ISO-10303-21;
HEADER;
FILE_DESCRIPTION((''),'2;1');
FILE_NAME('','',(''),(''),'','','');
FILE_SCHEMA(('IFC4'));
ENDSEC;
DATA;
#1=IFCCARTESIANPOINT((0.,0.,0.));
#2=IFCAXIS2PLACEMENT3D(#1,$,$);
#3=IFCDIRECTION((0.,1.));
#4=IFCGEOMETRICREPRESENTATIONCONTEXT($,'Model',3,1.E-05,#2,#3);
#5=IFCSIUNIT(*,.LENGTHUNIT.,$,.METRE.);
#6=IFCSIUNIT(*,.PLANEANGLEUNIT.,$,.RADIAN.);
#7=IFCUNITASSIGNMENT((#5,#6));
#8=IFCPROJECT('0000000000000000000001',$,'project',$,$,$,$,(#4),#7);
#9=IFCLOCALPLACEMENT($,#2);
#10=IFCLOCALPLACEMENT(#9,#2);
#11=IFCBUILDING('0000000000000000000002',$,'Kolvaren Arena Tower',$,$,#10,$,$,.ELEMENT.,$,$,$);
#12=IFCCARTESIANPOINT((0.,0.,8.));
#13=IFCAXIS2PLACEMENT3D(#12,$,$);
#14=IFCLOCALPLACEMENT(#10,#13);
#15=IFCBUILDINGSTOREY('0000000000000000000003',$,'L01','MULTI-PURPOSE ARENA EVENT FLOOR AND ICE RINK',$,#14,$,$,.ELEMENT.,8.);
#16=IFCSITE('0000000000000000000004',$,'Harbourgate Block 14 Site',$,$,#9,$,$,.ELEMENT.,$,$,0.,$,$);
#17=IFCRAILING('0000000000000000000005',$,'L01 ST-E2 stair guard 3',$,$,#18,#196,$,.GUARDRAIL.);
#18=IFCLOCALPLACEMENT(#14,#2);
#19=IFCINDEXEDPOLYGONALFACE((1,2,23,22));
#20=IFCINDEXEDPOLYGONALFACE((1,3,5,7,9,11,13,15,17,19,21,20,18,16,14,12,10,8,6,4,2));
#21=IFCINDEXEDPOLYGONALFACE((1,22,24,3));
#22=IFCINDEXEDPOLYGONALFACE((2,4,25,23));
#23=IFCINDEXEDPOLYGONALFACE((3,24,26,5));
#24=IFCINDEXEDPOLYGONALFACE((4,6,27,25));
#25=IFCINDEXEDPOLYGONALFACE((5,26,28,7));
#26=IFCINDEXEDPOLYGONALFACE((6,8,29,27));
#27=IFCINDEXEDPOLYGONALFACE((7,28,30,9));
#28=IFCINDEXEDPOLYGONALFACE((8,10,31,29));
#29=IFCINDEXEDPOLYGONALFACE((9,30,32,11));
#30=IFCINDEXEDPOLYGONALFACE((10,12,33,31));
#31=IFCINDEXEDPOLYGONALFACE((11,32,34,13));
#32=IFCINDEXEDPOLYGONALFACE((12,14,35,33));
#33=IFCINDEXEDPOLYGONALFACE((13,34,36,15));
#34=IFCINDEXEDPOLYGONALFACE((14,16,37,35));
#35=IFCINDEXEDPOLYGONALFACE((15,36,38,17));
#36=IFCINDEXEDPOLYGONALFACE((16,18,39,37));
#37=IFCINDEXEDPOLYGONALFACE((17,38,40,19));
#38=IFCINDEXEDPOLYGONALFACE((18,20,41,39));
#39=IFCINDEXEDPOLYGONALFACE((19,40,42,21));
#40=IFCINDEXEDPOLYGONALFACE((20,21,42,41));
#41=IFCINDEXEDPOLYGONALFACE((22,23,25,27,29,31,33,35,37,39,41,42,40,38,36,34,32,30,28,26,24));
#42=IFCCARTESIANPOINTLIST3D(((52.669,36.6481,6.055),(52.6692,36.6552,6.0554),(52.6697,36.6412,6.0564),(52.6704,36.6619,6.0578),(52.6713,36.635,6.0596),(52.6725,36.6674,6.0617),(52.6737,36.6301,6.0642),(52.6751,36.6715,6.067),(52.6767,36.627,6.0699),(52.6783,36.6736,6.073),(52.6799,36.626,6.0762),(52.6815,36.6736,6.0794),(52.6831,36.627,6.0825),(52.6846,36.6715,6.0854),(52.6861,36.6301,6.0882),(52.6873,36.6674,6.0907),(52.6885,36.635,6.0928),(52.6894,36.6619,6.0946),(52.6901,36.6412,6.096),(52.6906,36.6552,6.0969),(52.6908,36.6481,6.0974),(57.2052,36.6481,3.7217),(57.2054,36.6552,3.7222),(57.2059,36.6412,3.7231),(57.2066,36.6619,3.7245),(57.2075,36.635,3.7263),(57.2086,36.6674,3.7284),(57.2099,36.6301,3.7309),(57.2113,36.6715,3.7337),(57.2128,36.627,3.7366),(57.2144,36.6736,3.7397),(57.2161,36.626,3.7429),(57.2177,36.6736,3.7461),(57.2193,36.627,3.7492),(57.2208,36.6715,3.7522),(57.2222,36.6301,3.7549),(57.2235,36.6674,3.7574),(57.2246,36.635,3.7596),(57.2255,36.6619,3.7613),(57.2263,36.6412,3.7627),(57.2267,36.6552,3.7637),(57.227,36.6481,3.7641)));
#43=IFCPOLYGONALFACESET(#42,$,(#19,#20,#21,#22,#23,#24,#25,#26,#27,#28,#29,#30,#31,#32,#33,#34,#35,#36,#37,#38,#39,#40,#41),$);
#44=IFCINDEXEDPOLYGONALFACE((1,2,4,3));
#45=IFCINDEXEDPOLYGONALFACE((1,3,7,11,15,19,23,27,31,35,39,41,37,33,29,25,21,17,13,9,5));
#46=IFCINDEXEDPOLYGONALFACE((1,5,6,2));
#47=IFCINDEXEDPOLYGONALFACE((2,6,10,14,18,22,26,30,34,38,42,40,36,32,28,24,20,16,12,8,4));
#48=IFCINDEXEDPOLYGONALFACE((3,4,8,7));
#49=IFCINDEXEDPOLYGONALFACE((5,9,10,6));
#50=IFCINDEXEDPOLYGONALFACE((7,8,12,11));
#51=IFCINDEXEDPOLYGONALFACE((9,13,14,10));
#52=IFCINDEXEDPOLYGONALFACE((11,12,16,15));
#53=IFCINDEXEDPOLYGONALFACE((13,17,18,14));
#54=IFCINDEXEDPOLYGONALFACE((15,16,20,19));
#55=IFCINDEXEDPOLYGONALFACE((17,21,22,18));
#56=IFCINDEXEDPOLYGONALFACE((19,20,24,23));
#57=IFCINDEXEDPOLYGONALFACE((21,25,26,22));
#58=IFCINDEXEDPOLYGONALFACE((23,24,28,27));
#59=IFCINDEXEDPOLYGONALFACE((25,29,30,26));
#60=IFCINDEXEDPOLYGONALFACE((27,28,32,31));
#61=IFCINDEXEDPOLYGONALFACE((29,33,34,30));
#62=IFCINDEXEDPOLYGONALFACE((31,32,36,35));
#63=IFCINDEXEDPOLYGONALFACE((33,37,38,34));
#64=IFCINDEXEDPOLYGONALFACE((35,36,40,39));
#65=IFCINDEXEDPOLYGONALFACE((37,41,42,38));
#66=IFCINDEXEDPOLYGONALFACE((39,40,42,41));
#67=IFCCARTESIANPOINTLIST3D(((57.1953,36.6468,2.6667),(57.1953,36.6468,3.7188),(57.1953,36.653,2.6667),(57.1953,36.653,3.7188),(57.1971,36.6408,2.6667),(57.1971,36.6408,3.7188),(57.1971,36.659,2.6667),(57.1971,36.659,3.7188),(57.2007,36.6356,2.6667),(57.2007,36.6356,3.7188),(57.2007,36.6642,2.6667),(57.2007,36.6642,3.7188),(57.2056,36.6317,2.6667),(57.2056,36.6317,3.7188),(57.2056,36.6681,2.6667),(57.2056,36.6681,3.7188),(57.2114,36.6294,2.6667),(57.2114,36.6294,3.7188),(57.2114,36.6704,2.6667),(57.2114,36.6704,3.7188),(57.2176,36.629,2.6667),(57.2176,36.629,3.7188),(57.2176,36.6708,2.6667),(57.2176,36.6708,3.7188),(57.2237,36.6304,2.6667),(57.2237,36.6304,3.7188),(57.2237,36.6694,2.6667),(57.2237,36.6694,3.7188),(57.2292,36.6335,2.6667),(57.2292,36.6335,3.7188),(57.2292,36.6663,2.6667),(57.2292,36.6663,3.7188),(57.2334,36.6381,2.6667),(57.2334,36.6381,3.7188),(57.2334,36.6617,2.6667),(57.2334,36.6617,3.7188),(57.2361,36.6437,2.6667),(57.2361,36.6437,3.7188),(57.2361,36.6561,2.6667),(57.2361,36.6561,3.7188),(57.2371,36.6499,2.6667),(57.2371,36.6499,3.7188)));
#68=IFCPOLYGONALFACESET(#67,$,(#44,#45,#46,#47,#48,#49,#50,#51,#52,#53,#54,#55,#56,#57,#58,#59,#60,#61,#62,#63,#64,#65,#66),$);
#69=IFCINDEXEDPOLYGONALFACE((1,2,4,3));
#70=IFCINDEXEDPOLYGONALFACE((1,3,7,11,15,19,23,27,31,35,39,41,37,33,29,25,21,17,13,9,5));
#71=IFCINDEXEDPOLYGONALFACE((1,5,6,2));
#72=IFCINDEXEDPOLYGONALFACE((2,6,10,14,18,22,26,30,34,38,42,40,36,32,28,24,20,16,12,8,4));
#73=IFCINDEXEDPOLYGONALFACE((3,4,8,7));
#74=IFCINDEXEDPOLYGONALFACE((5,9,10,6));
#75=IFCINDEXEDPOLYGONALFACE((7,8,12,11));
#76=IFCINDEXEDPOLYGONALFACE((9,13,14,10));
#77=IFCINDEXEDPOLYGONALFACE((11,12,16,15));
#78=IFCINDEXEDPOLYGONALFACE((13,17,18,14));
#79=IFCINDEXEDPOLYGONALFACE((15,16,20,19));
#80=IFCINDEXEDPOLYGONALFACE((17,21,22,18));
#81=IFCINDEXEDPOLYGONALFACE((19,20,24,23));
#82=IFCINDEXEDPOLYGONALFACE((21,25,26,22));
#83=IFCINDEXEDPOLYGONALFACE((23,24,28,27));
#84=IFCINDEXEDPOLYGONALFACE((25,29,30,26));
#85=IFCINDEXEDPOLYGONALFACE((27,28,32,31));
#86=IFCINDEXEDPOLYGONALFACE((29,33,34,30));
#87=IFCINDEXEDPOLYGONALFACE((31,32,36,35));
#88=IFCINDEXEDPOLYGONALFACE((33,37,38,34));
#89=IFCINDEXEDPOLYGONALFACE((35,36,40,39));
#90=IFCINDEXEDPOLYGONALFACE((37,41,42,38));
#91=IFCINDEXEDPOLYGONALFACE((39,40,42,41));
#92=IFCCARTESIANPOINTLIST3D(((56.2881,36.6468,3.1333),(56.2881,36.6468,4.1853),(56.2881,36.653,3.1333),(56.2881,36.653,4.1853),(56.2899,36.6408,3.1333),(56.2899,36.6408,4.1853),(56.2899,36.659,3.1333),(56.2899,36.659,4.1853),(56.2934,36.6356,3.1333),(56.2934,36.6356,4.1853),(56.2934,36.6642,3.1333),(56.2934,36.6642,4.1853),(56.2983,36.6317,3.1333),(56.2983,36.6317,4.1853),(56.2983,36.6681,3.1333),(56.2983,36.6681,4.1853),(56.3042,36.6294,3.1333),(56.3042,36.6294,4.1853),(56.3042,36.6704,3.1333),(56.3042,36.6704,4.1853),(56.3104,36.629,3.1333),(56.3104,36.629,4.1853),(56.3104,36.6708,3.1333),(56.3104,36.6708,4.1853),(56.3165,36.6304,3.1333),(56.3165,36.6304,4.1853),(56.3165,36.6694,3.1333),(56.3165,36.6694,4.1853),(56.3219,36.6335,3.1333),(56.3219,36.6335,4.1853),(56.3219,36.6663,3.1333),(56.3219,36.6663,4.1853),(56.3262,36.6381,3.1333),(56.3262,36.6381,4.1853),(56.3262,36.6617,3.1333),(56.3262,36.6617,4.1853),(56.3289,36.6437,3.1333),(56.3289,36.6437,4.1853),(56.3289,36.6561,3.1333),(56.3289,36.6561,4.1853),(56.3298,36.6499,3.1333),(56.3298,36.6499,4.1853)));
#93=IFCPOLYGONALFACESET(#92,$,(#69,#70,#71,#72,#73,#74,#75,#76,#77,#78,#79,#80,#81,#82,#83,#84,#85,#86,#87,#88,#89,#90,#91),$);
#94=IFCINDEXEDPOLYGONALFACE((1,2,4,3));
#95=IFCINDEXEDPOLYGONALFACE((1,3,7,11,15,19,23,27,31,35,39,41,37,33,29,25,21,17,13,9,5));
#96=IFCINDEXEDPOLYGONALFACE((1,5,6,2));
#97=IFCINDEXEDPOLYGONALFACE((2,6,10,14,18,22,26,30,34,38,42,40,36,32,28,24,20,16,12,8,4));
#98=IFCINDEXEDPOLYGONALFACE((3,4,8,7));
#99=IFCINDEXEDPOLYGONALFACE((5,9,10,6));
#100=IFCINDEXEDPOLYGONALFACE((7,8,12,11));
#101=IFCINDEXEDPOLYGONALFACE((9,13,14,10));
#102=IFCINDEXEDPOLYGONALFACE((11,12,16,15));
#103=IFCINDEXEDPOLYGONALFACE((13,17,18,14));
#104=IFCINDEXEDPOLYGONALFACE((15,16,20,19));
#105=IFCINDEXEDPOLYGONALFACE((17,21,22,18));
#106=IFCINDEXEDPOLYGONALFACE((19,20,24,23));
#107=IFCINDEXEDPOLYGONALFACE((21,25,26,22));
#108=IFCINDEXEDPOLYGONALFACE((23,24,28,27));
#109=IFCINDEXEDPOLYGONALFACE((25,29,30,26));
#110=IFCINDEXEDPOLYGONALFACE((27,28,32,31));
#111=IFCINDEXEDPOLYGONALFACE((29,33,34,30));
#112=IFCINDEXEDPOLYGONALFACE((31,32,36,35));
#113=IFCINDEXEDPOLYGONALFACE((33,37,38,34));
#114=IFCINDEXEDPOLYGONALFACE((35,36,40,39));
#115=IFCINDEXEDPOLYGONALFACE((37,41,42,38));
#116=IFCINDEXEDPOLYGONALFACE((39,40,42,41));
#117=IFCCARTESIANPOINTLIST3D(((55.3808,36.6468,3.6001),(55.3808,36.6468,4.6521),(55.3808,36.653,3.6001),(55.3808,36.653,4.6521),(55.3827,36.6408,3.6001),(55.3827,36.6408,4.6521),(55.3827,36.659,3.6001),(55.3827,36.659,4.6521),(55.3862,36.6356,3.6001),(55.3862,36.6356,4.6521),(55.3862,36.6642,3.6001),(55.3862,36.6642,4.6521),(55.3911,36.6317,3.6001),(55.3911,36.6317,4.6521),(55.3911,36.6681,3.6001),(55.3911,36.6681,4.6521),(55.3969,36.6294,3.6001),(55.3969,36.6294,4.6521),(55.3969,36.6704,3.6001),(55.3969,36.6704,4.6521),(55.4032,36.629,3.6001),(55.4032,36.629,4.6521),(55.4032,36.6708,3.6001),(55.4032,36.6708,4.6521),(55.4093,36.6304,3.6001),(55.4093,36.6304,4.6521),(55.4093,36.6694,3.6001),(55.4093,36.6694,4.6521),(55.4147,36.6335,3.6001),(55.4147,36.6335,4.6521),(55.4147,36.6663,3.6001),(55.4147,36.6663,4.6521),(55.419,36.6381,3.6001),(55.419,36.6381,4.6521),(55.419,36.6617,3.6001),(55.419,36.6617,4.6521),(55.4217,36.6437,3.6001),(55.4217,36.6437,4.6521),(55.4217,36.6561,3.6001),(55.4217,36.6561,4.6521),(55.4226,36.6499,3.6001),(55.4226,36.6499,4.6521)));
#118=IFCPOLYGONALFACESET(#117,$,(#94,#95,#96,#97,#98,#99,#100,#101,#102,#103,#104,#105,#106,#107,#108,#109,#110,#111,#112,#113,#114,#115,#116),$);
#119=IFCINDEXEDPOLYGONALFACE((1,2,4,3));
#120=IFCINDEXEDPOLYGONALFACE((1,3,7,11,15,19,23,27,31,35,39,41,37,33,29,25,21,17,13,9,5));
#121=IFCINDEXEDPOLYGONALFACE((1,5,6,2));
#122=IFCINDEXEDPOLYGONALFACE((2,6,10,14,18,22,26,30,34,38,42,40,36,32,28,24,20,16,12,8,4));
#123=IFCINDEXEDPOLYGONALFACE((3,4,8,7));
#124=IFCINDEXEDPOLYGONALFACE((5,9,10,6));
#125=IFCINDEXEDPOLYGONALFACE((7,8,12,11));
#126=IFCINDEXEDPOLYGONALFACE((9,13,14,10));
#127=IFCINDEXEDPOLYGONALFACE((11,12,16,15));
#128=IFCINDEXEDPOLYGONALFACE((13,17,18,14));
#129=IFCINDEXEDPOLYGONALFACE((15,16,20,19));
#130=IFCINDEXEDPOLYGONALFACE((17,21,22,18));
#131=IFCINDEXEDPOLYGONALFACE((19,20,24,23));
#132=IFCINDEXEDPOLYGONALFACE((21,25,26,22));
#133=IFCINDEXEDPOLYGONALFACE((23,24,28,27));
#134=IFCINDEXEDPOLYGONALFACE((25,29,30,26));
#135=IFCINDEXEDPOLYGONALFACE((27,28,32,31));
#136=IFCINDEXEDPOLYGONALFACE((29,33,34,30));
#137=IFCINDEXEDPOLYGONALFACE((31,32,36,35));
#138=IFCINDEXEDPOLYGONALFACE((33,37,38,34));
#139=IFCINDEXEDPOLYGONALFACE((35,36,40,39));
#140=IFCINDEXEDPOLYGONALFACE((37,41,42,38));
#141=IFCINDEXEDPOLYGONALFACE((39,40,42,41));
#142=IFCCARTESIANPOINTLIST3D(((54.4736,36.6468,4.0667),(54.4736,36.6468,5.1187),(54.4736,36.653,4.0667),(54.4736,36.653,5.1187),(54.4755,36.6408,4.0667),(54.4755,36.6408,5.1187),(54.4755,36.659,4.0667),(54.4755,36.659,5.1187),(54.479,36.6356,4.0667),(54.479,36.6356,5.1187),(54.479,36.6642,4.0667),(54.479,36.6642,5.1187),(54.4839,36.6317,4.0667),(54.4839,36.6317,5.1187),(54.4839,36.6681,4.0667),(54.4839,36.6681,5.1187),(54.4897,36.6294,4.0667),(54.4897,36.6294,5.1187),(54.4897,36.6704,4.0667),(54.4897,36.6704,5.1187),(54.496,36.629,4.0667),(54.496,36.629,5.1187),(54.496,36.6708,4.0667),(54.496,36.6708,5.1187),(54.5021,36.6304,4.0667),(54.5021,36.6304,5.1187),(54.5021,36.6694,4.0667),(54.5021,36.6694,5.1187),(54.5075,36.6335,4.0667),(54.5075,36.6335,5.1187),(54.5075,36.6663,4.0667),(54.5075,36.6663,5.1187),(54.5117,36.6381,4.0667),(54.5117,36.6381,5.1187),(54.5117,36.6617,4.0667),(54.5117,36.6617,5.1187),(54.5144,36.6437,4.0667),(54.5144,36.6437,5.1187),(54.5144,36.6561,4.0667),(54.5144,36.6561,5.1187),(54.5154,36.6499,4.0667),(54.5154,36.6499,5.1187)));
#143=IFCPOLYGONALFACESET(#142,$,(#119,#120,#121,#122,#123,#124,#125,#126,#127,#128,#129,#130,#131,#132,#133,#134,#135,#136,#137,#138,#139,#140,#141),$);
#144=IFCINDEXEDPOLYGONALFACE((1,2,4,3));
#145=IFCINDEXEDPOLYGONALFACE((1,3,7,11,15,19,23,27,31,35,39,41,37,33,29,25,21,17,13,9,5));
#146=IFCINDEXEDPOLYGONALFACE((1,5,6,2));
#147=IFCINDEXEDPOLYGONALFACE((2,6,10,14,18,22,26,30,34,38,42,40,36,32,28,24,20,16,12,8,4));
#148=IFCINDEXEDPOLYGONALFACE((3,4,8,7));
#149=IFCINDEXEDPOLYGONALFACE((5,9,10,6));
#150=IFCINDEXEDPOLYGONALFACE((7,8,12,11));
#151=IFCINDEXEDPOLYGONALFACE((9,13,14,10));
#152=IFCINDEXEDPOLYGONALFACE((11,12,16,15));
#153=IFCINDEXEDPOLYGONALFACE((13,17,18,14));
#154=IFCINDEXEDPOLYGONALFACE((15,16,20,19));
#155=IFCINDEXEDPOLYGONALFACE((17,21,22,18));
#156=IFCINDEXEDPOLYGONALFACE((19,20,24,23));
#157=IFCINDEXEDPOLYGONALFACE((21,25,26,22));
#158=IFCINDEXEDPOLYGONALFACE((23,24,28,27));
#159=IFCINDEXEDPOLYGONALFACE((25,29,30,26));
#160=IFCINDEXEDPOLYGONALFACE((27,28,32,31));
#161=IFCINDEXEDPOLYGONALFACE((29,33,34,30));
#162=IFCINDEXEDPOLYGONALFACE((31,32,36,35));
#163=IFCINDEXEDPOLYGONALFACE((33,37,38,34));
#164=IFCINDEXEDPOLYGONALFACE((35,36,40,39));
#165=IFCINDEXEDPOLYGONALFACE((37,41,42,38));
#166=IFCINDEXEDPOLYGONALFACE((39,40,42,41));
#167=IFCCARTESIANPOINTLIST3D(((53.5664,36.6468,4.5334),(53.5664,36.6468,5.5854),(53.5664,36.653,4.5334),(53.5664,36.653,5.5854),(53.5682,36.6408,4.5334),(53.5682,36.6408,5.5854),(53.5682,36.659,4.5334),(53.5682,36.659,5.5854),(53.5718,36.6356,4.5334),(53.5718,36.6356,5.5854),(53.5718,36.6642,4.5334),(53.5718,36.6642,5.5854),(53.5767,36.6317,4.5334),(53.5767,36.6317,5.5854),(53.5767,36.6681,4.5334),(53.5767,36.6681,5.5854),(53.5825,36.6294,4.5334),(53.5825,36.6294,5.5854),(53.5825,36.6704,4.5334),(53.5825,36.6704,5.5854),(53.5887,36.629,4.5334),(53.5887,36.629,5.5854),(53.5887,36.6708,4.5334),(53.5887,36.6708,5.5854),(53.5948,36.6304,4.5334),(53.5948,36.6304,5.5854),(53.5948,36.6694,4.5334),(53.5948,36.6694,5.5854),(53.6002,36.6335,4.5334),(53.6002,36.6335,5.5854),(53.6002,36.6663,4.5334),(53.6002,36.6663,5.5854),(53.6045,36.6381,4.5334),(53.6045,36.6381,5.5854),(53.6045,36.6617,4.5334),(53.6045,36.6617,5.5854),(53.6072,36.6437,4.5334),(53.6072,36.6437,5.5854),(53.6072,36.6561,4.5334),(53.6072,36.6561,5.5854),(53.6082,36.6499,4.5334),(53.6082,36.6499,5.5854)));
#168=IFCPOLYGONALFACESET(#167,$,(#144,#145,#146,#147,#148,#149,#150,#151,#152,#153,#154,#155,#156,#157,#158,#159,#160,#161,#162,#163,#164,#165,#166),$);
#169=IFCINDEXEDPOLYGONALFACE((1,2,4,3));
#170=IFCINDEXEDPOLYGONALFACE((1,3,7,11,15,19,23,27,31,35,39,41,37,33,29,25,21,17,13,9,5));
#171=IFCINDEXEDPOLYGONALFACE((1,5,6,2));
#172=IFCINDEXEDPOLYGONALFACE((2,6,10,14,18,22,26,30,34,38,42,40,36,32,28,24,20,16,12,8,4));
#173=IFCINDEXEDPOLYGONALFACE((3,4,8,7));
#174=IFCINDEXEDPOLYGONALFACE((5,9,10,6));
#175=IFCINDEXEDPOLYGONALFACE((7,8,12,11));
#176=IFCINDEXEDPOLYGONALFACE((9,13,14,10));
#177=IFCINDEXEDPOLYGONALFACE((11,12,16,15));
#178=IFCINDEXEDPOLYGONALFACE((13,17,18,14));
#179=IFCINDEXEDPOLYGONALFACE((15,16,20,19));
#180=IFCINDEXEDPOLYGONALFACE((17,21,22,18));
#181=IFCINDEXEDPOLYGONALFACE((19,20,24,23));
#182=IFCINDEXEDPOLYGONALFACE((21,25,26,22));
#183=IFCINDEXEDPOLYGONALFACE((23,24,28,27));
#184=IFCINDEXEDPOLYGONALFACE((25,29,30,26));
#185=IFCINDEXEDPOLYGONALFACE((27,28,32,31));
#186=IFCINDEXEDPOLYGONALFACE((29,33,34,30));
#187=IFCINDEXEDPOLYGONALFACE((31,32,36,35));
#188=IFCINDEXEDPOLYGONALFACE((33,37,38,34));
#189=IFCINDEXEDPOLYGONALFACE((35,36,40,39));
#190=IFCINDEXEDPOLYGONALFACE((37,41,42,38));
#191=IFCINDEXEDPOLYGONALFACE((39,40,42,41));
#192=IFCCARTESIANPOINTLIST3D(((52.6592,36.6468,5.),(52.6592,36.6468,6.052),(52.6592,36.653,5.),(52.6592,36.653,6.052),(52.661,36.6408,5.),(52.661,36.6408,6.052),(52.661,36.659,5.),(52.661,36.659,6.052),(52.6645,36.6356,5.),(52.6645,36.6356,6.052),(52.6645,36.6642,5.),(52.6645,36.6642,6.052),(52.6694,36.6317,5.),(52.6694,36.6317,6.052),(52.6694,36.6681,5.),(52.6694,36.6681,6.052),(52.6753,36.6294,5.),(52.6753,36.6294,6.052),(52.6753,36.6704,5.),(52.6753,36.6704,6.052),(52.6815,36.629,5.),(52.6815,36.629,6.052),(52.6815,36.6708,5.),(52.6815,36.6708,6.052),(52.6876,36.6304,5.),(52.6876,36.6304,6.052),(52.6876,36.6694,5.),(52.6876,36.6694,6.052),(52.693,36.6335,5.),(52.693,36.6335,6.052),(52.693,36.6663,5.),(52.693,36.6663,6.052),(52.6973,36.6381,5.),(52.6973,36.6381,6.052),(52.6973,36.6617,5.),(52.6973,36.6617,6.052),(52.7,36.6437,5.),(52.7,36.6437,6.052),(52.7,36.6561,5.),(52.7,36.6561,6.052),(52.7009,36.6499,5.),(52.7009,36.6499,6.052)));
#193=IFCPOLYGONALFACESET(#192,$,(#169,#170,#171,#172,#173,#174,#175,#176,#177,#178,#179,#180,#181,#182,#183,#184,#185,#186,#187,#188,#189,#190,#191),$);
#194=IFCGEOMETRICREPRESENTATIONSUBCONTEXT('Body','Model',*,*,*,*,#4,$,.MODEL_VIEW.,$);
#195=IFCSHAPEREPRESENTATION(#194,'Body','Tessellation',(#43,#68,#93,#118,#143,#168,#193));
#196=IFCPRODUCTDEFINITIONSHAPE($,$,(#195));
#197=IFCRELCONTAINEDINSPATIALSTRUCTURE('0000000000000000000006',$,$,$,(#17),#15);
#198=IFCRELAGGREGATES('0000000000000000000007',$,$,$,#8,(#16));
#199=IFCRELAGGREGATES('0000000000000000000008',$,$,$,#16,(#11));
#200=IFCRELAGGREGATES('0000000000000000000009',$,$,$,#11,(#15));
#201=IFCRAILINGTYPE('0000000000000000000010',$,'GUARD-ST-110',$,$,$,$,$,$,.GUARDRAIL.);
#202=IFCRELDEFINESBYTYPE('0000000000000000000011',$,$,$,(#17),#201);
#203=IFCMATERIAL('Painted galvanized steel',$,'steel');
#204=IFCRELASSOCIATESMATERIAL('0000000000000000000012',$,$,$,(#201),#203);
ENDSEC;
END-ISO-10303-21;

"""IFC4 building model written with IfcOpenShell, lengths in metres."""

from ifc_helpers import new_model, si_unit, direction, frame, origin, origin_2d, place, context, subcontext, project, spatial, circle, extrude, material, type_object, element, save


model = new_model("IFC4")

# Units and contexts
model_context = context("Model", 3, precision=1e-05, world=origin(), true_north=direction((0.0, 1.0)))
body_context = subcontext(model_context, "Body", "Model", "MODEL_VIEW")
ifc_project = project(units=[si_unit("LENGTHUNIT", "METRE"), si_unit("PLANEANGLEUNIT", "RADIAN")], contexts=[model_context])

# Site, building, storey
site_placement = place(None, origin())
site = spatial("IfcSite", under=ifc_project, at=site_placement, Name="Harbourgate Block 14 Site", CompositionType="ELEMENT", RefElevation=0.0)
building_placement = place(site_placement, origin())
building = spatial("IfcBuilding", under=site, at=building_placement, Name="Kolvaren Arena Tower", CompositionType="ELEMENT")
storey_placement = place(building_placement, frame((0.0, 0.0, 8.0)))
storey = spatial("IfcBuildingStorey", under=building, at=storey_placement, Name="L01", Description="MULTI-PURPOSE ARENA EVENT FLOOR AND ICE RINK", CompositionType="ELEMENT", Elevation=8.0)

# Railing
ifc_material_1 = material(Name="Painted galvanized steel", Category="steel")
railing_type_1 = type_object("IfcRailingType", Name="GUARD-ST-110", PredefinedType="GUARDRAIL", material=ifc_material_1)
railing_1_placement = place(storey_placement, frame((57.2161, 36.6499, 2.6667)))
element("IfcRailing", 1, at=railing_1_placement, inside=storey, type_object=railing_type_1, Name="L01 ST-E2 stair guard 3", PredefinedType="GUARDRAIL", context=body_context, shape_type="SweptSolid", body=[
    extrude(circle(Radius=0.0239, at=origin_2d()), frame((0.0, 0.0, 1.0762), z_axis=(-0.889257, 0.0, 0.457407), x_axis=(0.0, -1.0, 0.0)), (0.0, 0.0, 1.0), 5.1011),
    extrude(circle(Radius=0.021, at=origin_2d()), origin(), (0.0, 0.0, 1.0), 1.052),
    extrude(circle(Radius=0.021, at=origin_2d()), frame((-0.9072, 0.0, 0.4666)), (0.0, 0.0, 1.0), 1.052),
    extrude(circle(Radius=0.021, at=origin_2d()), frame((-1.8145, 0.0, 0.9333)), (0.0, 0.0, 1.0), 1.052),
    extrude(circle(Radius=0.021, at=origin_2d()), frame((-2.7217, 0.0, 1.3999)), (0.0, 0.0, 1.0), 1.052),
    extrude(circle(Radius=0.021, at=origin_2d()), frame((-3.6289, 0.0, 1.8667)), (0.0, 0.0, 1.0), 1.052),
    extrude(circle(Radius=0.021, at=origin_2d()), frame((-4.5361, 0.0, 2.3333)), (0.0, 0.0, 1.0), 1.052),
])

save(model, "model.ifc")
